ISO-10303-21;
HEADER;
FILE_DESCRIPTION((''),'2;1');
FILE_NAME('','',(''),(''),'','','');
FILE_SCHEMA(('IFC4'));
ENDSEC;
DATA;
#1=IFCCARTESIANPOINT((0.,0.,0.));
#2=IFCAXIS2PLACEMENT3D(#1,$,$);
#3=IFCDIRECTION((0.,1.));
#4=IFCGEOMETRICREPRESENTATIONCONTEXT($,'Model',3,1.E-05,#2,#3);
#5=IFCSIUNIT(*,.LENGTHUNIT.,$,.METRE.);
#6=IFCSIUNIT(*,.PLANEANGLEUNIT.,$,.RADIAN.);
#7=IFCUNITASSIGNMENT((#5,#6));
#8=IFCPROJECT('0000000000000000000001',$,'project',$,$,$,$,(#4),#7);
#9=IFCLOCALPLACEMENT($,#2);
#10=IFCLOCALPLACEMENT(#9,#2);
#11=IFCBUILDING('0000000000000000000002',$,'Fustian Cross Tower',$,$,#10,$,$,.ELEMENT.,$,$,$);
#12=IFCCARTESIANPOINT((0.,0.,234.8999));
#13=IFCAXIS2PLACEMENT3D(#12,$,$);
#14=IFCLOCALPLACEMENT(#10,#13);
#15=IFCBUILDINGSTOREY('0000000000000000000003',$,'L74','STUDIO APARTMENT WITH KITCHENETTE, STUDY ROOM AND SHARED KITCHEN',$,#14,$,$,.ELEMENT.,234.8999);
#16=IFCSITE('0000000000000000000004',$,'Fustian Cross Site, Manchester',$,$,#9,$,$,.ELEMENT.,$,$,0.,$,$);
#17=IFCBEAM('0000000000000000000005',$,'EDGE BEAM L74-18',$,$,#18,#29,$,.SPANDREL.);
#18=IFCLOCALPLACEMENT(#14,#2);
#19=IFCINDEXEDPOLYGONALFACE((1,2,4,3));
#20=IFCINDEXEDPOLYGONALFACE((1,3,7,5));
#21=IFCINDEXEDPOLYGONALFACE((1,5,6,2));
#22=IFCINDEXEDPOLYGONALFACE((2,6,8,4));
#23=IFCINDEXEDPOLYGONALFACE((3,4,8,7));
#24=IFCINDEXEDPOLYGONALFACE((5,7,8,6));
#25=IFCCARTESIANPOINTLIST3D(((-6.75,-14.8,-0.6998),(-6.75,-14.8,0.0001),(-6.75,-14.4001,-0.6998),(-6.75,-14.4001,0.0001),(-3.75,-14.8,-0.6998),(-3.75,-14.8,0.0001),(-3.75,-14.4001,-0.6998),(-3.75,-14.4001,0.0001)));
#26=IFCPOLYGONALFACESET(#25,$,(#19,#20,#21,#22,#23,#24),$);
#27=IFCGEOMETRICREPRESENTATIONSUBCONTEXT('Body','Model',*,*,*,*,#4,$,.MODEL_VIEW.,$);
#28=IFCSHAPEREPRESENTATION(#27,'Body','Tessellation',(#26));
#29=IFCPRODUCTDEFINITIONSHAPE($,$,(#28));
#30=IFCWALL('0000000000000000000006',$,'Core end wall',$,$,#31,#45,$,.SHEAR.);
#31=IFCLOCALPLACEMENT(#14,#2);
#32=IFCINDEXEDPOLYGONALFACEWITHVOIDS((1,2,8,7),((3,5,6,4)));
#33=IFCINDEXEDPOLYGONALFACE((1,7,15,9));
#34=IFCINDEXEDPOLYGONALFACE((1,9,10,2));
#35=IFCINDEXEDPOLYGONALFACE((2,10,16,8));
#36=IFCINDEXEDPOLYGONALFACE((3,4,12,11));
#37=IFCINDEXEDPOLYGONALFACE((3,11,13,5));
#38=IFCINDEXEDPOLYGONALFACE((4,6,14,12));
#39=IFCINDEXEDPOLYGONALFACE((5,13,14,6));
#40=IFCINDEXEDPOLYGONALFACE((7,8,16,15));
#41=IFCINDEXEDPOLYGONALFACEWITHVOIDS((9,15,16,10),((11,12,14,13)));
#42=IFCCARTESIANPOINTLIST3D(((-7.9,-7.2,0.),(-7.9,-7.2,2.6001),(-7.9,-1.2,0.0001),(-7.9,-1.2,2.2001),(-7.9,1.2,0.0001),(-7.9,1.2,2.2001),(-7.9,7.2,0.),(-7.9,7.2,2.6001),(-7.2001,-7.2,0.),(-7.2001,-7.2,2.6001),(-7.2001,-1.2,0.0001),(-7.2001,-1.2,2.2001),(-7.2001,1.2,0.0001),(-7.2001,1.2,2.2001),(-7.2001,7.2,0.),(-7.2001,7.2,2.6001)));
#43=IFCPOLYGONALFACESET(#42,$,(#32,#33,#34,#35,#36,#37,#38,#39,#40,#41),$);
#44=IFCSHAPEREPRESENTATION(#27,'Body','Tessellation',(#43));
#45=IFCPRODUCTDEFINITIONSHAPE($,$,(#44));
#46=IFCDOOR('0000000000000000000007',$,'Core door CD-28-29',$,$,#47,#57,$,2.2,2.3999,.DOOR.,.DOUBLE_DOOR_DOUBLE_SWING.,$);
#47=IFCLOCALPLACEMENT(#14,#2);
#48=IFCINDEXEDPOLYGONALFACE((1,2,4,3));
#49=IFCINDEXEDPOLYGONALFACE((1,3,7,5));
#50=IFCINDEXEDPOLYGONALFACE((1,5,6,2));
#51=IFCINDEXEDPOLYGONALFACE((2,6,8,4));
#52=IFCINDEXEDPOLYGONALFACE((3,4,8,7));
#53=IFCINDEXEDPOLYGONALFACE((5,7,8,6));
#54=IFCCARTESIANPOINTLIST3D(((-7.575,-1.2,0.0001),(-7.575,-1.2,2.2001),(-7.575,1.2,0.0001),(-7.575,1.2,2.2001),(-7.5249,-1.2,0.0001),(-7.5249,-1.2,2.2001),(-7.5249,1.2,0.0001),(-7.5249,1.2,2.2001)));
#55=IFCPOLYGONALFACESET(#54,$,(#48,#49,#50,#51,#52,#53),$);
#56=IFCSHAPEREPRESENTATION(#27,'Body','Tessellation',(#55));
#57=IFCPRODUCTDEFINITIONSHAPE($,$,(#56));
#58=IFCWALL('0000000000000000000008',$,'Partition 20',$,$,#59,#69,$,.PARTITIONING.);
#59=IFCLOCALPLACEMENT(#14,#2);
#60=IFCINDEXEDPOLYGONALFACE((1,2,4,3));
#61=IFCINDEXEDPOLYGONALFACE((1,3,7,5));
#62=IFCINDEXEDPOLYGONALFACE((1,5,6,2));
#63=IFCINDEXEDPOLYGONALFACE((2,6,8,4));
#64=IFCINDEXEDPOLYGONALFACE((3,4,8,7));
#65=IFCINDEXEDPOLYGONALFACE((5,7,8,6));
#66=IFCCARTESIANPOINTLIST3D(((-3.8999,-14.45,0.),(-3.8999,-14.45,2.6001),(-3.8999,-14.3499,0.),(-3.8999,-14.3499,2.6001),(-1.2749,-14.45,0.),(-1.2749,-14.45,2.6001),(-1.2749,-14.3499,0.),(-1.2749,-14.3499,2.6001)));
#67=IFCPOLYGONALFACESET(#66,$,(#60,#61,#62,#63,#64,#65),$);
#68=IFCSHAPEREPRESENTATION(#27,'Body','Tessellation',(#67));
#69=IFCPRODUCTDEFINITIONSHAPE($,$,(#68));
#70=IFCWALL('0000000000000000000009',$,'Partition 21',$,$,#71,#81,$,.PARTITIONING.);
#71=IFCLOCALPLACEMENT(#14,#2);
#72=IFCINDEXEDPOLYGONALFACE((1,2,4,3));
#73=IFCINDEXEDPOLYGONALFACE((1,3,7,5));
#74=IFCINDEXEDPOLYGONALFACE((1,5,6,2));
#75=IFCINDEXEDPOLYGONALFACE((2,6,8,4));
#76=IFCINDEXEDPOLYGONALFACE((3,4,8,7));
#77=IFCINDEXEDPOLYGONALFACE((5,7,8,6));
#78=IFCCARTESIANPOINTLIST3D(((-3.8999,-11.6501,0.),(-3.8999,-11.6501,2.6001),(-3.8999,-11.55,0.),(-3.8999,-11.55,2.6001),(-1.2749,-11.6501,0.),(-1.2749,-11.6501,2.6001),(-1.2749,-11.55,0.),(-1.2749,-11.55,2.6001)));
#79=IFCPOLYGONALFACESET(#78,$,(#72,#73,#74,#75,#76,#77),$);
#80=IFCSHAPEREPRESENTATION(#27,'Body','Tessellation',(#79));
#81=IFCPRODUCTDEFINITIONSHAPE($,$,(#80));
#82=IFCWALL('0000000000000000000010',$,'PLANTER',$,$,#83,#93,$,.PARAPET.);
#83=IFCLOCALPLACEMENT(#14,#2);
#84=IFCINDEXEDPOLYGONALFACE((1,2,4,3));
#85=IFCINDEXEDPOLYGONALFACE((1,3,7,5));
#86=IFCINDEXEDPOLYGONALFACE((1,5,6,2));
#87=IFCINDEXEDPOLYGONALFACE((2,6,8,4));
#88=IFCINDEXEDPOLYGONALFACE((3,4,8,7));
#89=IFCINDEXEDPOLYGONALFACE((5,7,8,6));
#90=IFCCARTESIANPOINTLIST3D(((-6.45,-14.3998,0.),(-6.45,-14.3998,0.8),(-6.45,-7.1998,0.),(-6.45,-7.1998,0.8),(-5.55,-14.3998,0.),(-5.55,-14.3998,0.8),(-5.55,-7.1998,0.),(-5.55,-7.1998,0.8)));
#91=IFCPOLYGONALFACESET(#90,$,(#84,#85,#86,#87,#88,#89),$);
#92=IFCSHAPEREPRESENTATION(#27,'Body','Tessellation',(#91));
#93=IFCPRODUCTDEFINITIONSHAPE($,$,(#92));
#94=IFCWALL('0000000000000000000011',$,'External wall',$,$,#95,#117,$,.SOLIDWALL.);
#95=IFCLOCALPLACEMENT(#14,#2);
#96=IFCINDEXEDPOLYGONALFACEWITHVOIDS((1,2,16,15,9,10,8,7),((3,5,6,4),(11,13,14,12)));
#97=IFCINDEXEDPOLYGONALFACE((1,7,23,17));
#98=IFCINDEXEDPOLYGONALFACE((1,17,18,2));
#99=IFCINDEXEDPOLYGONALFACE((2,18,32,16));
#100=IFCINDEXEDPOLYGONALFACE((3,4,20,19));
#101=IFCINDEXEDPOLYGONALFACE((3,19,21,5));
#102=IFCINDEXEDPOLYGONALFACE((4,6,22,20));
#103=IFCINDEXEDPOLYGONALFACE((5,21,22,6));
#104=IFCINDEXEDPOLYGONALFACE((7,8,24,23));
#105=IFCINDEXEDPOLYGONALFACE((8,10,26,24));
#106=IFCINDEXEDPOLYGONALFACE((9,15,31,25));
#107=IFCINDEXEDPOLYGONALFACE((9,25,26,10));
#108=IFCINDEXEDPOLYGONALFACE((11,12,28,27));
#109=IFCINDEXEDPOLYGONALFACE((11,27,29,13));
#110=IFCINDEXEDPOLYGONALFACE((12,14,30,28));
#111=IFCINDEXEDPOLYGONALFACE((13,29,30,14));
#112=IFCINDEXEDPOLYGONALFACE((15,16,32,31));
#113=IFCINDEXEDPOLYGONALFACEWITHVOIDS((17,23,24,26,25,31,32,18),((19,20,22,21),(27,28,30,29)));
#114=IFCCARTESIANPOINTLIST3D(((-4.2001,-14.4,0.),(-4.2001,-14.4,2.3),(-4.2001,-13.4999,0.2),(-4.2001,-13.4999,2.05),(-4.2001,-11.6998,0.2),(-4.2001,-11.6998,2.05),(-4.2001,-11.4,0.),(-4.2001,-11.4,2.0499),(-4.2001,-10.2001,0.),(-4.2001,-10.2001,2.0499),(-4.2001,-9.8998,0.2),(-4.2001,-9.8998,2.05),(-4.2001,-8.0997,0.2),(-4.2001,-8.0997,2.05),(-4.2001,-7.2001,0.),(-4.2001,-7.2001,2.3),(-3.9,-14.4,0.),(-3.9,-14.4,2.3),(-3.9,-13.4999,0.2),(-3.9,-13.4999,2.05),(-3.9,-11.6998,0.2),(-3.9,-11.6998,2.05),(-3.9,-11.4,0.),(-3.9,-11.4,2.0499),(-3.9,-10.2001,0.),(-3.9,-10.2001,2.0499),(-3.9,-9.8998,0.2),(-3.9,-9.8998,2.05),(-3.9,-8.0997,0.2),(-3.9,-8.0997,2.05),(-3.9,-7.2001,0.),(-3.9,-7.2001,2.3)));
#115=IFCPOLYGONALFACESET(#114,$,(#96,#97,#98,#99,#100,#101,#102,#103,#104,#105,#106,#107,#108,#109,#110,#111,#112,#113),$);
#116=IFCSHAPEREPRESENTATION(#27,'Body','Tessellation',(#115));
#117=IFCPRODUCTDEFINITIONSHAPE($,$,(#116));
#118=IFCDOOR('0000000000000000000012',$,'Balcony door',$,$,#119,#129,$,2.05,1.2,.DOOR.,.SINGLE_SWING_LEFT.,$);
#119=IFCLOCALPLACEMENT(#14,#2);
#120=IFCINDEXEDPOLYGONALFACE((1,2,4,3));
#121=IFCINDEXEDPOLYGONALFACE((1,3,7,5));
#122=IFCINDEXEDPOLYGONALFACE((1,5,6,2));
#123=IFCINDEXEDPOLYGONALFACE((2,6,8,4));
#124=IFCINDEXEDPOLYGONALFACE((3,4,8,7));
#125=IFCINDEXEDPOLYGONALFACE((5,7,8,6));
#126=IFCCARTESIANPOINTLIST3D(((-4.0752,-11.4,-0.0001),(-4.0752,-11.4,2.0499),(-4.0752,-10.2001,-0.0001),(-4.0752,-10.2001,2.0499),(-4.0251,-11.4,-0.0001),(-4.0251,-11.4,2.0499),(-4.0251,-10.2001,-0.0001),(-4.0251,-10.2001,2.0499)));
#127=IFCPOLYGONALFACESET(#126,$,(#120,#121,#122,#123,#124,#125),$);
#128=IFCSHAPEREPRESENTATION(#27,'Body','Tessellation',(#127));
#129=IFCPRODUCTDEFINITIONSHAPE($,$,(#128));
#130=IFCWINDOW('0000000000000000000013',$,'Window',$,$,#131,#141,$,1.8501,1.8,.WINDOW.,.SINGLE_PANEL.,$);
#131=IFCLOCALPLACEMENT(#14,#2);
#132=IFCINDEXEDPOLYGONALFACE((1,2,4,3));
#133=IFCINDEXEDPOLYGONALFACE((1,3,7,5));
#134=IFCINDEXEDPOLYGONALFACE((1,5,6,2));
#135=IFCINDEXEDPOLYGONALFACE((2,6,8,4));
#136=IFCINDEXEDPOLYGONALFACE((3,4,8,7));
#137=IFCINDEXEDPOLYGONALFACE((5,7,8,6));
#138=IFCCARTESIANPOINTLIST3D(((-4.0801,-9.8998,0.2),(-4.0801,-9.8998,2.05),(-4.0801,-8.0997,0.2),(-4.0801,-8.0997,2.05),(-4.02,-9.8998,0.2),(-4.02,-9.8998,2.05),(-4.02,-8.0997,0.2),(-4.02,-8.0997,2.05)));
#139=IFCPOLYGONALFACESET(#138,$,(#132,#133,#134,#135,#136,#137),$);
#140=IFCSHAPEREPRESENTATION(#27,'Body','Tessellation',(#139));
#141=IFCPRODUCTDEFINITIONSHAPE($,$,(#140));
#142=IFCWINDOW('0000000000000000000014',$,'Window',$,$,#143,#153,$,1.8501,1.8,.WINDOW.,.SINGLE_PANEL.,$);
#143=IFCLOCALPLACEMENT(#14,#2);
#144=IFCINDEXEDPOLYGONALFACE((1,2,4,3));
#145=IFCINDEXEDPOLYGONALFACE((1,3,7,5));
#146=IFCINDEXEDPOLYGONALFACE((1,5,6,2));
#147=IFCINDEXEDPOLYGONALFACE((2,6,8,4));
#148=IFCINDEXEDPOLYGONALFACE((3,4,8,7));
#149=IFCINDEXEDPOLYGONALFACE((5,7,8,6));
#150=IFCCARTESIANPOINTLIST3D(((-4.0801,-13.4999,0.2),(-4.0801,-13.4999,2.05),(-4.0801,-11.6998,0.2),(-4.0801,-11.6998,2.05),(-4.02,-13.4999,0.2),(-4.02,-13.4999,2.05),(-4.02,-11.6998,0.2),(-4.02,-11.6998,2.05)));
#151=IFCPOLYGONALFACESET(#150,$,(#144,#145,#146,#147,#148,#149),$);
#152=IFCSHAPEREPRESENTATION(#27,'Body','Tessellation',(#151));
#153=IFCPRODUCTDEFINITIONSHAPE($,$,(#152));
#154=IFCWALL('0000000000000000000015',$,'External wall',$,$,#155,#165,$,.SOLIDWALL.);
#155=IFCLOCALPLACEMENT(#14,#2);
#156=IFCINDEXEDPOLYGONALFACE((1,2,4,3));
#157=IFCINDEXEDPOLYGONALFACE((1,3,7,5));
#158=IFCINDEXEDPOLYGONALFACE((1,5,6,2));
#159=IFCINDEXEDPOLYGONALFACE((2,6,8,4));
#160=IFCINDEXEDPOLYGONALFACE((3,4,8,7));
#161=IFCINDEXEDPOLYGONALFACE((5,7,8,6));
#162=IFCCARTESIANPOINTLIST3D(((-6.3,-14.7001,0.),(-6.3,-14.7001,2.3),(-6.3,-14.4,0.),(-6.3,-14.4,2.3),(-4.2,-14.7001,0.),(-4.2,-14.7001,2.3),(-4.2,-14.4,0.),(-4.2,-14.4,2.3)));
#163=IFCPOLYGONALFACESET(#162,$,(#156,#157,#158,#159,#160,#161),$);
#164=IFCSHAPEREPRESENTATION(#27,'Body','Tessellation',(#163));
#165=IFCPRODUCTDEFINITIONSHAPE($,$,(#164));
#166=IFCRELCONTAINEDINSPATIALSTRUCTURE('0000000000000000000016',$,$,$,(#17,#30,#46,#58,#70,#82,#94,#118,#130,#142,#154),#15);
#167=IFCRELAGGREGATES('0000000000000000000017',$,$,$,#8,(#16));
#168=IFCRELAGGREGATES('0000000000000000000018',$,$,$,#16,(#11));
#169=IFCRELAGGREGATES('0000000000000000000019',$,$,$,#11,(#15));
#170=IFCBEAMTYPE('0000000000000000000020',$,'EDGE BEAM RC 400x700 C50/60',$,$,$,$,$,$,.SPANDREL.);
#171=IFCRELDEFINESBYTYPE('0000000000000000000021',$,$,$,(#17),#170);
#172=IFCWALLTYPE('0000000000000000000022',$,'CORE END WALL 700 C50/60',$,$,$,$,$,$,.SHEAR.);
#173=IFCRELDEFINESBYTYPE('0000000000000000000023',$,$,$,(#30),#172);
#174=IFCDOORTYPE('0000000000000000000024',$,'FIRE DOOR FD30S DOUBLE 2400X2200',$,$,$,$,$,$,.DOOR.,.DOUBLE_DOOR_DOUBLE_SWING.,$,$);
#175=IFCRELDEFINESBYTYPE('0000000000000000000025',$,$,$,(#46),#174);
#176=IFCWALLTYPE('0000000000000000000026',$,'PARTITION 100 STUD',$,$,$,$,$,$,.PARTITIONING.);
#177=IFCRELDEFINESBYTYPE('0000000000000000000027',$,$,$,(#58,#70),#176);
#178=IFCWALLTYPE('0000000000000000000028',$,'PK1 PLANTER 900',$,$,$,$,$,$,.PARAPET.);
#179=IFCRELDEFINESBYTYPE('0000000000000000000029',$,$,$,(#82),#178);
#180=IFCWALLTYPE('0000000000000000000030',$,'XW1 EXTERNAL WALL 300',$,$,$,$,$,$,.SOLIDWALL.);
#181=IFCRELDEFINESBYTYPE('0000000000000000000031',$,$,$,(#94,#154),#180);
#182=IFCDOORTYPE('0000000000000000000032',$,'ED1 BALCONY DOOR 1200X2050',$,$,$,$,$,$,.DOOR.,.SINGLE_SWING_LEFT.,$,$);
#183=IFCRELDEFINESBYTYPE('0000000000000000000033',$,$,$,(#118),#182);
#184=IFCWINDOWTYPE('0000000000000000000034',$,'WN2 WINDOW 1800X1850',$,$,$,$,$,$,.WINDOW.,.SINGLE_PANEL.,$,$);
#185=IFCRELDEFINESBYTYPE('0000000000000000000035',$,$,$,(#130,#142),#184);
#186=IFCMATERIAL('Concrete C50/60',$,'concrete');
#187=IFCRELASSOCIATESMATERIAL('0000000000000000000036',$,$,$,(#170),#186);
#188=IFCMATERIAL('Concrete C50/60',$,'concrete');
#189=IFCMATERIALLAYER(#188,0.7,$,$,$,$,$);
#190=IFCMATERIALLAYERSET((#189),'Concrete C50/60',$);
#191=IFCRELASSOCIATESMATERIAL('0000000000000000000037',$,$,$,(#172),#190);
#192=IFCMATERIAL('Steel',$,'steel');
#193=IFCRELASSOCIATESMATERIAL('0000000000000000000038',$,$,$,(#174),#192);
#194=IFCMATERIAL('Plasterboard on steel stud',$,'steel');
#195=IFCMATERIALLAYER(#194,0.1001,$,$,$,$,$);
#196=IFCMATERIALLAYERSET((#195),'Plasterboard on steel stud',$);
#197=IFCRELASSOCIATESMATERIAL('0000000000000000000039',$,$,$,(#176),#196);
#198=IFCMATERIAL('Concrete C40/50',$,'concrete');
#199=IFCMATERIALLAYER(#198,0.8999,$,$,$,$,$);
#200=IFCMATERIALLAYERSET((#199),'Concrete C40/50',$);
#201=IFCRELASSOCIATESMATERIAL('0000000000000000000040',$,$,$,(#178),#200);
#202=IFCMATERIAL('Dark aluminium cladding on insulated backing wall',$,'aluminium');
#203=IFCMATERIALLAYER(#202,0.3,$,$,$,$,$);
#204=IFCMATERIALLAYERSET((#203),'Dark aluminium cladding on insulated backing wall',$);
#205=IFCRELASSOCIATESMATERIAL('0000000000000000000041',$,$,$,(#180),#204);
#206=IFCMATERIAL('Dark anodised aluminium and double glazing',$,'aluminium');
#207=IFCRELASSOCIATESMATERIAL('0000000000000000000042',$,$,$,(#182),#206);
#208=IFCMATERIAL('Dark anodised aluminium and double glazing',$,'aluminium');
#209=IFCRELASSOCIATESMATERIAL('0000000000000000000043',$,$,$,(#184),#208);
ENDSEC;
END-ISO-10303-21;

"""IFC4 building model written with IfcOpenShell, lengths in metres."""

from ifc_helpers import new_model, si_unit, direction, frame, frame_2d, origin, origin_2d, place, context, subcontext, project, spatial, rectangle, extrude, material, layer, layer_set, material_profile, profile_set, type_object, element, fill, save


model = new_model("IFC4")

# Units and contexts
model_context = context("Model", 3, precision=1e-05, world=origin(), true_north=direction((0.0, 1.0)))
body_context = subcontext(model_context, "Body", "Model", "MODEL_VIEW")
ifc_project = project(units=[si_unit("LENGTHUNIT", "METRE"), si_unit("PLANEANGLEUNIT", "RADIAN")], contexts=[model_context])

# Site, building, storey
site_placement = place(None, origin())
site = spatial("IfcSite", under=ifc_project, at=site_placement, Name="Fustian Cross Site, Manchester", CompositionType="ELEMENT", RefElevation=0.0)
building_placement = place(site_placement, origin())
building = spatial("IfcBuilding", under=site, at=building_placement, Name="Fustian Cross Tower", CompositionType="ELEMENT")
storey_placement = place(building_placement, frame((0.0, 0.0, 234.8999)))
storey = spatial("IfcBuildingStorey", under=building, at=storey_placement, Name="L74", Description="STUDIO APARTMENT WITH KITCHENETTE, STUDY ROOM AND SHARED KITCHEN", CompositionType="ELEMENT", Elevation=234.8999)

# Beam
ifc_material_1 = material(Name="Concrete C50/60", Category="concrete")
ifc_material_profile = material_profile(ifc_material_1, rectangle(XDim=0.3999, YDim=0.7, at=origin_2d()), Name="RC 400x700")
ifc_profile_set = profile_set([ifc_material_profile], Name="Concrete C50/60")
beam_type = type_object("IfcBeamType", Name="EDGE BEAM RC 400x700 C50/60", PredefinedType="SPANDREL", material=ifc_profile_set)
beam_placement = place(storey_placement, frame((-3.75, -14.6001, -0.3499), z_axis=(-1.0, 0.0, 0.0), x_axis=(0.0, -1.0, 0.0)))
element("IfcBeam", 1, at=beam_placement, inside=storey, type_object=beam_type, Name="EDGE BEAM L74-18", PredefinedType="SPANDREL", context=body_context, shape_type="SweptSolid", body=[
    extrude(rectangle(XDim=0.3999, YDim=0.7, at=origin_2d()), origin(), (0.0, 0.0, 1.0), 3.0),
])

# Wall, opening, door
ifc_material_2 = material(Name="Concrete C50/60", Category="concrete")
ifc_layer_1 = layer(ifc_material_2, 0.7)
ifc_layer_set_1 = layer_set([ifc_layer_1], Name="Concrete C50/60")
wall_type_1 = type_object("IfcWallType", Name="CORE END WALL 700 C50/60", PredefinedType="SHEAR", material=ifc_layer_set_1)
wall_1_placement = place(storey_placement, frame((-7.55, -7.2, 0.0), z_axis=(0.0, 0.0, 1.0), x_axis=(0.0, 1.0, 0.0)))
wall_1 = element("IfcWall", 2, at=wall_1_placement, inside=storey, type_object=wall_type_1, Name="Core end wall", PredefinedType="SHEAR", context=body_context, shape_type="SweptSolid", body=[
    extrude(rectangle(XDim=14.3999, YDim=0.7, at=frame_2d((7.2, 0.0))), origin(), (0.0, 0.0, 1.0), 2.6001),
])
opening_1_placement = place(wall_1_placement, frame((6.0, 0.0, 0.0)))
opening_1 = element("IfcOpeningElement", 3, at=opening_1_placement, cuts=wall_1, PredefinedType="OPENING", context=body_context, shape_type="SweptSolid", body=[
    extrude(rectangle(XDim=2.3999, YDim=2.2, at=frame_2d((1.2, 1.1001))), frame((0.0, 0.3599, 0.0), z_axis=(0.0, -1.0, 0.0), x_axis=(1.0, 0.0, 0.0)), (0.0, 0.0, 1.0), 0.72),
])
ifc_material_3 = material(Name="Steel", Category="steel")
door_type_1 = type_object("IfcDoorType", Name="FIRE DOOR FD30S DOUBLE 2400X2200", OperationType="DOUBLE_DOOR_DOUBLE_SWING", PredefinedType="DOOR", material=ifc_material_3)
door_1_placement = place(opening_1_placement, origin())
door_1 = element("IfcDoor", 4, at=door_1_placement, inside=storey, type_object=door_type_1, Name="Core door CD-28-29", OperationType="DOUBLE_DOOR_DOUBLE_SWING", OverallHeight=2.2, OverallWidth=2.3999, PredefinedType="DOOR", context=body_context, shape_type="SweptSolid", body=[
    extrude(rectangle(XDim=2.3999, YDim=2.2, at=frame_2d((1.2, 1.1001))), frame((0.0, 0.0249, 0.0), z_axis=(0.0, -1.0, 0.0), x_axis=(1.0, 0.0, 0.0)), (0.0, 0.0, 1.0), 0.05),
])
fill(opening_1, door_1)

# Walls
ifc_material_4 = material(Name="Plasterboard on steel stud", Category="steel")
ifc_layer_2 = layer(ifc_material_4, 0.1001)
ifc_layer_set_2 = layer_set([ifc_layer_2], Name="Plasterboard on steel stud")
wall_type_2 = type_object("IfcWallType", Name="PARTITION 100 STUD", PredefinedType="PARTITIONING", material=ifc_layer_set_2)
for number, where, z_axis, x_axis, name in (
    (5, (-3.8999, -14.3999, 0.0), (0.0, 0.0, 1.0), (1.0, 0.0, 0.0), "Partition 20"),
    (6, (-3.8999, -11.6001, 0.0), (0.0, 0.0, 1.0), (1.0, 0.0, 0.0), "Partition 21"),
):
    element("IfcWall", number, at=place(storey_placement, frame(where, z_axis=z_axis, x_axis=x_axis)), inside=storey, type_object=wall_type_2, Name=name, PredefinedType="PARTITIONING", context=body_context, shape_type="SweptSolid", body=[
        extrude(rectangle(XDim=2.625, YDim=0.1001, at=frame_2d((1.3125, 0.0))), origin(), (0.0, 0.0, 1.0), 2.6001),
    ])
ifc_material_5 = material(Name="Concrete C40/50", Category="concrete")
ifc_layer_3 = layer(ifc_material_5, 0.8999)
ifc_layer_set_3 = layer_set([ifc_layer_3], Name="Concrete C40/50")
wall_type_3 = type_object("IfcWallType", Name="PK1 PLANTER 900", PredefinedType="PARAPET", material=ifc_layer_set_3)
wall_2_placement = place(storey_placement, frame((-6.0, -14.3999, 0.0), z_axis=(0.0, 0.0, 1.0), x_axis=(0.0, 1.0, 0.0)))
element("IfcWall", 7, at=wall_2_placement, inside=storey, type_object=wall_type_3, Name="PLANTER", PredefinedType="PARAPET", context=body_context, shape_type="SweptSolid", body=[
    extrude(rectangle(XDim=7.2, YDim=0.8999, at=frame_2d((3.6001, 0.0))), origin(), (0.0, 0.0, 1.0), 0.8),
])

# Wall, openings, door, windows
ifc_material_6 = material(Name="Dark aluminium cladding on insulated backing wall", Category="aluminium")
ifc_layer_4 = layer(ifc_material_6, 0.3)
ifc_layer_set_4 = layer_set([ifc_layer_4], Name="Dark aluminium cladding on insulated backing wall")
wall_type_4 = type_object("IfcWallType", Name="XW1 EXTERNAL WALL 300", PredefinedType="SOLIDWALL", material=ifc_layer_set_4)
wall_3_placement = place(storey_placement, frame((-4.05, -7.2, 0.0), z_axis=(0.0, 0.0, 1.0), x_axis=(0.0, -1.0, 0.0)))
wall_3 = element("IfcWall", 8, at=wall_3_placement, inside=storey, type_object=wall_type_4, Name="External wall", PredefinedType="SOLIDWALL", context=body_context, shape_type="SweptSolid", body=[
    extrude(rectangle(XDim=7.2, YDim=0.3, at=frame_2d((3.6001, 0.0))), origin(), (0.0, 0.0, 1.0), 2.3),
])
opening_2_placement = place(wall_3_placement, frame((3.0, 0.0, 0.0)))
opening_2 = element("IfcOpeningElement", 9, at=opening_2_placement, cuts=wall_3, PredefinedType="OPENING", context=body_context, shape_type="SweptSolid", body=[
    extrude(rectangle(XDim=1.2, YDim=2.05, at=frame_2d((0.6001, 1.0249))), frame((0.0, 0.1599, 0.0), z_axis=(0.0, -1.0, 0.0), x_axis=(1.0, 0.0, 0.0)), (0.0, 0.0, 1.0), 0.3201),
])
opening_3_placement = place(wall_3_placement, frame((0.8999, 0.0, 0.2)))
opening_3 = element("IfcOpeningElement", 10, at=opening_3_placement, cuts=wall_3, PredefinedType="OPENING", context=body_context, shape_type="SweptSolid", body=[
    extrude(rectangle(XDim=1.8, YDim=1.8501, at=frame_2d((0.8999, 0.925))), frame((0.0, 0.1599, 0.0), z_axis=(0.0, -1.0, 0.0), x_axis=(1.0, 0.0, 0.0)), (0.0, 0.0, 1.0), 0.3201),
])
opening_4_placement = place(wall_3_placement, frame((4.5, 0.0, 0.2)))
opening_4 = element("IfcOpeningElement", 11, at=opening_4_placement, cuts=wall_3, PredefinedType="OPENING", context=body_context, shape_type="SweptSolid", body=[
    extrude(rectangle(XDim=1.8, YDim=1.8501, at=frame_2d((0.8999, 0.925))), frame((0.0, 0.1599, 0.0), z_axis=(0.0, -1.0, 0.0), x_axis=(1.0, 0.0, 0.0)), (0.0, 0.0, 1.0), 0.3201),
])
ifc_material_7 = material(Name="Dark anodised aluminium and double glazing", Category="aluminium")
door_type_2 = type_object("IfcDoorType", Name="ED1 BALCONY DOOR 1200X2050", OperationType="SINGLE_SWING_LEFT", PredefinedType="DOOR", material=ifc_material_7)
door_2_placement = place(opening_2_placement, origin())
door_2 = element("IfcDoor", 12, at=door_2_placement, inside=storey, type_object=door_type_2, Name="Balcony door", OperationType="SINGLE_SWING_LEFT", OverallHeight=2.05, OverallWidth=1.2, PredefinedType="DOOR", context=body_context, shape_type="SweptSolid", body=[
    extrude(rectangle(XDim=1.2, YDim=2.05, at=frame_2d((0.6001, 1.0249))), frame((0.0, 0.0249, 0.0), z_axis=(0.0, -1.0, 0.0), x_axis=(1.0, 0.0, 0.0)), (0.0, 0.0, 1.0), 0.05),
])
fill(opening_2, door_2)
ifc_material_8 = material(Name="Dark anodised aluminium and double glazing", Category="aluminium")
window_type = type_object("IfcWindowType", Name="WN2 WINDOW 1800X1850", PartitioningType="SINGLE_PANEL", PredefinedType="WINDOW", material=ifc_material_8)
window_1_placement = place(opening_3_placement, origin())
window_1 = element("IfcWindow", 13, at=window_1_placement, inside=storey, type_object=window_type, Name="Window", OverallHeight=1.8501, OverallWidth=1.8, PartitioningType="SINGLE_PANEL", PredefinedType="WINDOW", context=body_context, shape_type="SweptSolid", body=[
    extrude(rectangle(XDim=1.8, YDim=1.8501, at=frame_2d((0.8999, 0.925))), frame((0.0, 0.03, 0.0), z_axis=(0.0, -1.0, 0.0), x_axis=(1.0, 0.0, 0.0)), (0.0, 0.0, 1.0), 0.0601),
])
fill(opening_3, window_1)
window_2_placement = place(opening_4_placement, origin())
window_2 = element("IfcWindow", 14, at=window_2_placement, inside=storey, type_object=window_type, Name="Window", OverallHeight=1.8501, OverallWidth=1.8, PartitioningType="SINGLE_PANEL", PredefinedType="WINDOW", context=body_context, shape_type="SweptSolid", body=[
    extrude(rectangle(XDim=1.8, YDim=1.8501, at=frame_2d((0.8999, 0.925))), frame((0.0, 0.03, 0.0), z_axis=(0.0, -1.0, 0.0), x_axis=(1.0, 0.0, 0.0)), (0.0, 0.0, 1.0), 0.0601),
])
fill(opening_4, window_2)

# Wall
wall_4_placement = place(storey_placement, frame((-4.2, -14.55, 0.0), z_axis=(0.0, 0.0, 1.0), x_axis=(-1.0, 0.0, 0.0)))
element("IfcWall", 15, at=wall_4_placement, inside=storey, type_object=wall_type_4, Name="External wall", PredefinedType="SOLIDWALL", context=body_context, shape_type="SweptSolid", body=[
    extrude(rectangle(XDim=2.1001, YDim=0.3, at=frame_2d((1.05, 0.0))), origin(), (0.0, 0.0, 1.0), 2.3),
])

save(model, "model.ifc")
